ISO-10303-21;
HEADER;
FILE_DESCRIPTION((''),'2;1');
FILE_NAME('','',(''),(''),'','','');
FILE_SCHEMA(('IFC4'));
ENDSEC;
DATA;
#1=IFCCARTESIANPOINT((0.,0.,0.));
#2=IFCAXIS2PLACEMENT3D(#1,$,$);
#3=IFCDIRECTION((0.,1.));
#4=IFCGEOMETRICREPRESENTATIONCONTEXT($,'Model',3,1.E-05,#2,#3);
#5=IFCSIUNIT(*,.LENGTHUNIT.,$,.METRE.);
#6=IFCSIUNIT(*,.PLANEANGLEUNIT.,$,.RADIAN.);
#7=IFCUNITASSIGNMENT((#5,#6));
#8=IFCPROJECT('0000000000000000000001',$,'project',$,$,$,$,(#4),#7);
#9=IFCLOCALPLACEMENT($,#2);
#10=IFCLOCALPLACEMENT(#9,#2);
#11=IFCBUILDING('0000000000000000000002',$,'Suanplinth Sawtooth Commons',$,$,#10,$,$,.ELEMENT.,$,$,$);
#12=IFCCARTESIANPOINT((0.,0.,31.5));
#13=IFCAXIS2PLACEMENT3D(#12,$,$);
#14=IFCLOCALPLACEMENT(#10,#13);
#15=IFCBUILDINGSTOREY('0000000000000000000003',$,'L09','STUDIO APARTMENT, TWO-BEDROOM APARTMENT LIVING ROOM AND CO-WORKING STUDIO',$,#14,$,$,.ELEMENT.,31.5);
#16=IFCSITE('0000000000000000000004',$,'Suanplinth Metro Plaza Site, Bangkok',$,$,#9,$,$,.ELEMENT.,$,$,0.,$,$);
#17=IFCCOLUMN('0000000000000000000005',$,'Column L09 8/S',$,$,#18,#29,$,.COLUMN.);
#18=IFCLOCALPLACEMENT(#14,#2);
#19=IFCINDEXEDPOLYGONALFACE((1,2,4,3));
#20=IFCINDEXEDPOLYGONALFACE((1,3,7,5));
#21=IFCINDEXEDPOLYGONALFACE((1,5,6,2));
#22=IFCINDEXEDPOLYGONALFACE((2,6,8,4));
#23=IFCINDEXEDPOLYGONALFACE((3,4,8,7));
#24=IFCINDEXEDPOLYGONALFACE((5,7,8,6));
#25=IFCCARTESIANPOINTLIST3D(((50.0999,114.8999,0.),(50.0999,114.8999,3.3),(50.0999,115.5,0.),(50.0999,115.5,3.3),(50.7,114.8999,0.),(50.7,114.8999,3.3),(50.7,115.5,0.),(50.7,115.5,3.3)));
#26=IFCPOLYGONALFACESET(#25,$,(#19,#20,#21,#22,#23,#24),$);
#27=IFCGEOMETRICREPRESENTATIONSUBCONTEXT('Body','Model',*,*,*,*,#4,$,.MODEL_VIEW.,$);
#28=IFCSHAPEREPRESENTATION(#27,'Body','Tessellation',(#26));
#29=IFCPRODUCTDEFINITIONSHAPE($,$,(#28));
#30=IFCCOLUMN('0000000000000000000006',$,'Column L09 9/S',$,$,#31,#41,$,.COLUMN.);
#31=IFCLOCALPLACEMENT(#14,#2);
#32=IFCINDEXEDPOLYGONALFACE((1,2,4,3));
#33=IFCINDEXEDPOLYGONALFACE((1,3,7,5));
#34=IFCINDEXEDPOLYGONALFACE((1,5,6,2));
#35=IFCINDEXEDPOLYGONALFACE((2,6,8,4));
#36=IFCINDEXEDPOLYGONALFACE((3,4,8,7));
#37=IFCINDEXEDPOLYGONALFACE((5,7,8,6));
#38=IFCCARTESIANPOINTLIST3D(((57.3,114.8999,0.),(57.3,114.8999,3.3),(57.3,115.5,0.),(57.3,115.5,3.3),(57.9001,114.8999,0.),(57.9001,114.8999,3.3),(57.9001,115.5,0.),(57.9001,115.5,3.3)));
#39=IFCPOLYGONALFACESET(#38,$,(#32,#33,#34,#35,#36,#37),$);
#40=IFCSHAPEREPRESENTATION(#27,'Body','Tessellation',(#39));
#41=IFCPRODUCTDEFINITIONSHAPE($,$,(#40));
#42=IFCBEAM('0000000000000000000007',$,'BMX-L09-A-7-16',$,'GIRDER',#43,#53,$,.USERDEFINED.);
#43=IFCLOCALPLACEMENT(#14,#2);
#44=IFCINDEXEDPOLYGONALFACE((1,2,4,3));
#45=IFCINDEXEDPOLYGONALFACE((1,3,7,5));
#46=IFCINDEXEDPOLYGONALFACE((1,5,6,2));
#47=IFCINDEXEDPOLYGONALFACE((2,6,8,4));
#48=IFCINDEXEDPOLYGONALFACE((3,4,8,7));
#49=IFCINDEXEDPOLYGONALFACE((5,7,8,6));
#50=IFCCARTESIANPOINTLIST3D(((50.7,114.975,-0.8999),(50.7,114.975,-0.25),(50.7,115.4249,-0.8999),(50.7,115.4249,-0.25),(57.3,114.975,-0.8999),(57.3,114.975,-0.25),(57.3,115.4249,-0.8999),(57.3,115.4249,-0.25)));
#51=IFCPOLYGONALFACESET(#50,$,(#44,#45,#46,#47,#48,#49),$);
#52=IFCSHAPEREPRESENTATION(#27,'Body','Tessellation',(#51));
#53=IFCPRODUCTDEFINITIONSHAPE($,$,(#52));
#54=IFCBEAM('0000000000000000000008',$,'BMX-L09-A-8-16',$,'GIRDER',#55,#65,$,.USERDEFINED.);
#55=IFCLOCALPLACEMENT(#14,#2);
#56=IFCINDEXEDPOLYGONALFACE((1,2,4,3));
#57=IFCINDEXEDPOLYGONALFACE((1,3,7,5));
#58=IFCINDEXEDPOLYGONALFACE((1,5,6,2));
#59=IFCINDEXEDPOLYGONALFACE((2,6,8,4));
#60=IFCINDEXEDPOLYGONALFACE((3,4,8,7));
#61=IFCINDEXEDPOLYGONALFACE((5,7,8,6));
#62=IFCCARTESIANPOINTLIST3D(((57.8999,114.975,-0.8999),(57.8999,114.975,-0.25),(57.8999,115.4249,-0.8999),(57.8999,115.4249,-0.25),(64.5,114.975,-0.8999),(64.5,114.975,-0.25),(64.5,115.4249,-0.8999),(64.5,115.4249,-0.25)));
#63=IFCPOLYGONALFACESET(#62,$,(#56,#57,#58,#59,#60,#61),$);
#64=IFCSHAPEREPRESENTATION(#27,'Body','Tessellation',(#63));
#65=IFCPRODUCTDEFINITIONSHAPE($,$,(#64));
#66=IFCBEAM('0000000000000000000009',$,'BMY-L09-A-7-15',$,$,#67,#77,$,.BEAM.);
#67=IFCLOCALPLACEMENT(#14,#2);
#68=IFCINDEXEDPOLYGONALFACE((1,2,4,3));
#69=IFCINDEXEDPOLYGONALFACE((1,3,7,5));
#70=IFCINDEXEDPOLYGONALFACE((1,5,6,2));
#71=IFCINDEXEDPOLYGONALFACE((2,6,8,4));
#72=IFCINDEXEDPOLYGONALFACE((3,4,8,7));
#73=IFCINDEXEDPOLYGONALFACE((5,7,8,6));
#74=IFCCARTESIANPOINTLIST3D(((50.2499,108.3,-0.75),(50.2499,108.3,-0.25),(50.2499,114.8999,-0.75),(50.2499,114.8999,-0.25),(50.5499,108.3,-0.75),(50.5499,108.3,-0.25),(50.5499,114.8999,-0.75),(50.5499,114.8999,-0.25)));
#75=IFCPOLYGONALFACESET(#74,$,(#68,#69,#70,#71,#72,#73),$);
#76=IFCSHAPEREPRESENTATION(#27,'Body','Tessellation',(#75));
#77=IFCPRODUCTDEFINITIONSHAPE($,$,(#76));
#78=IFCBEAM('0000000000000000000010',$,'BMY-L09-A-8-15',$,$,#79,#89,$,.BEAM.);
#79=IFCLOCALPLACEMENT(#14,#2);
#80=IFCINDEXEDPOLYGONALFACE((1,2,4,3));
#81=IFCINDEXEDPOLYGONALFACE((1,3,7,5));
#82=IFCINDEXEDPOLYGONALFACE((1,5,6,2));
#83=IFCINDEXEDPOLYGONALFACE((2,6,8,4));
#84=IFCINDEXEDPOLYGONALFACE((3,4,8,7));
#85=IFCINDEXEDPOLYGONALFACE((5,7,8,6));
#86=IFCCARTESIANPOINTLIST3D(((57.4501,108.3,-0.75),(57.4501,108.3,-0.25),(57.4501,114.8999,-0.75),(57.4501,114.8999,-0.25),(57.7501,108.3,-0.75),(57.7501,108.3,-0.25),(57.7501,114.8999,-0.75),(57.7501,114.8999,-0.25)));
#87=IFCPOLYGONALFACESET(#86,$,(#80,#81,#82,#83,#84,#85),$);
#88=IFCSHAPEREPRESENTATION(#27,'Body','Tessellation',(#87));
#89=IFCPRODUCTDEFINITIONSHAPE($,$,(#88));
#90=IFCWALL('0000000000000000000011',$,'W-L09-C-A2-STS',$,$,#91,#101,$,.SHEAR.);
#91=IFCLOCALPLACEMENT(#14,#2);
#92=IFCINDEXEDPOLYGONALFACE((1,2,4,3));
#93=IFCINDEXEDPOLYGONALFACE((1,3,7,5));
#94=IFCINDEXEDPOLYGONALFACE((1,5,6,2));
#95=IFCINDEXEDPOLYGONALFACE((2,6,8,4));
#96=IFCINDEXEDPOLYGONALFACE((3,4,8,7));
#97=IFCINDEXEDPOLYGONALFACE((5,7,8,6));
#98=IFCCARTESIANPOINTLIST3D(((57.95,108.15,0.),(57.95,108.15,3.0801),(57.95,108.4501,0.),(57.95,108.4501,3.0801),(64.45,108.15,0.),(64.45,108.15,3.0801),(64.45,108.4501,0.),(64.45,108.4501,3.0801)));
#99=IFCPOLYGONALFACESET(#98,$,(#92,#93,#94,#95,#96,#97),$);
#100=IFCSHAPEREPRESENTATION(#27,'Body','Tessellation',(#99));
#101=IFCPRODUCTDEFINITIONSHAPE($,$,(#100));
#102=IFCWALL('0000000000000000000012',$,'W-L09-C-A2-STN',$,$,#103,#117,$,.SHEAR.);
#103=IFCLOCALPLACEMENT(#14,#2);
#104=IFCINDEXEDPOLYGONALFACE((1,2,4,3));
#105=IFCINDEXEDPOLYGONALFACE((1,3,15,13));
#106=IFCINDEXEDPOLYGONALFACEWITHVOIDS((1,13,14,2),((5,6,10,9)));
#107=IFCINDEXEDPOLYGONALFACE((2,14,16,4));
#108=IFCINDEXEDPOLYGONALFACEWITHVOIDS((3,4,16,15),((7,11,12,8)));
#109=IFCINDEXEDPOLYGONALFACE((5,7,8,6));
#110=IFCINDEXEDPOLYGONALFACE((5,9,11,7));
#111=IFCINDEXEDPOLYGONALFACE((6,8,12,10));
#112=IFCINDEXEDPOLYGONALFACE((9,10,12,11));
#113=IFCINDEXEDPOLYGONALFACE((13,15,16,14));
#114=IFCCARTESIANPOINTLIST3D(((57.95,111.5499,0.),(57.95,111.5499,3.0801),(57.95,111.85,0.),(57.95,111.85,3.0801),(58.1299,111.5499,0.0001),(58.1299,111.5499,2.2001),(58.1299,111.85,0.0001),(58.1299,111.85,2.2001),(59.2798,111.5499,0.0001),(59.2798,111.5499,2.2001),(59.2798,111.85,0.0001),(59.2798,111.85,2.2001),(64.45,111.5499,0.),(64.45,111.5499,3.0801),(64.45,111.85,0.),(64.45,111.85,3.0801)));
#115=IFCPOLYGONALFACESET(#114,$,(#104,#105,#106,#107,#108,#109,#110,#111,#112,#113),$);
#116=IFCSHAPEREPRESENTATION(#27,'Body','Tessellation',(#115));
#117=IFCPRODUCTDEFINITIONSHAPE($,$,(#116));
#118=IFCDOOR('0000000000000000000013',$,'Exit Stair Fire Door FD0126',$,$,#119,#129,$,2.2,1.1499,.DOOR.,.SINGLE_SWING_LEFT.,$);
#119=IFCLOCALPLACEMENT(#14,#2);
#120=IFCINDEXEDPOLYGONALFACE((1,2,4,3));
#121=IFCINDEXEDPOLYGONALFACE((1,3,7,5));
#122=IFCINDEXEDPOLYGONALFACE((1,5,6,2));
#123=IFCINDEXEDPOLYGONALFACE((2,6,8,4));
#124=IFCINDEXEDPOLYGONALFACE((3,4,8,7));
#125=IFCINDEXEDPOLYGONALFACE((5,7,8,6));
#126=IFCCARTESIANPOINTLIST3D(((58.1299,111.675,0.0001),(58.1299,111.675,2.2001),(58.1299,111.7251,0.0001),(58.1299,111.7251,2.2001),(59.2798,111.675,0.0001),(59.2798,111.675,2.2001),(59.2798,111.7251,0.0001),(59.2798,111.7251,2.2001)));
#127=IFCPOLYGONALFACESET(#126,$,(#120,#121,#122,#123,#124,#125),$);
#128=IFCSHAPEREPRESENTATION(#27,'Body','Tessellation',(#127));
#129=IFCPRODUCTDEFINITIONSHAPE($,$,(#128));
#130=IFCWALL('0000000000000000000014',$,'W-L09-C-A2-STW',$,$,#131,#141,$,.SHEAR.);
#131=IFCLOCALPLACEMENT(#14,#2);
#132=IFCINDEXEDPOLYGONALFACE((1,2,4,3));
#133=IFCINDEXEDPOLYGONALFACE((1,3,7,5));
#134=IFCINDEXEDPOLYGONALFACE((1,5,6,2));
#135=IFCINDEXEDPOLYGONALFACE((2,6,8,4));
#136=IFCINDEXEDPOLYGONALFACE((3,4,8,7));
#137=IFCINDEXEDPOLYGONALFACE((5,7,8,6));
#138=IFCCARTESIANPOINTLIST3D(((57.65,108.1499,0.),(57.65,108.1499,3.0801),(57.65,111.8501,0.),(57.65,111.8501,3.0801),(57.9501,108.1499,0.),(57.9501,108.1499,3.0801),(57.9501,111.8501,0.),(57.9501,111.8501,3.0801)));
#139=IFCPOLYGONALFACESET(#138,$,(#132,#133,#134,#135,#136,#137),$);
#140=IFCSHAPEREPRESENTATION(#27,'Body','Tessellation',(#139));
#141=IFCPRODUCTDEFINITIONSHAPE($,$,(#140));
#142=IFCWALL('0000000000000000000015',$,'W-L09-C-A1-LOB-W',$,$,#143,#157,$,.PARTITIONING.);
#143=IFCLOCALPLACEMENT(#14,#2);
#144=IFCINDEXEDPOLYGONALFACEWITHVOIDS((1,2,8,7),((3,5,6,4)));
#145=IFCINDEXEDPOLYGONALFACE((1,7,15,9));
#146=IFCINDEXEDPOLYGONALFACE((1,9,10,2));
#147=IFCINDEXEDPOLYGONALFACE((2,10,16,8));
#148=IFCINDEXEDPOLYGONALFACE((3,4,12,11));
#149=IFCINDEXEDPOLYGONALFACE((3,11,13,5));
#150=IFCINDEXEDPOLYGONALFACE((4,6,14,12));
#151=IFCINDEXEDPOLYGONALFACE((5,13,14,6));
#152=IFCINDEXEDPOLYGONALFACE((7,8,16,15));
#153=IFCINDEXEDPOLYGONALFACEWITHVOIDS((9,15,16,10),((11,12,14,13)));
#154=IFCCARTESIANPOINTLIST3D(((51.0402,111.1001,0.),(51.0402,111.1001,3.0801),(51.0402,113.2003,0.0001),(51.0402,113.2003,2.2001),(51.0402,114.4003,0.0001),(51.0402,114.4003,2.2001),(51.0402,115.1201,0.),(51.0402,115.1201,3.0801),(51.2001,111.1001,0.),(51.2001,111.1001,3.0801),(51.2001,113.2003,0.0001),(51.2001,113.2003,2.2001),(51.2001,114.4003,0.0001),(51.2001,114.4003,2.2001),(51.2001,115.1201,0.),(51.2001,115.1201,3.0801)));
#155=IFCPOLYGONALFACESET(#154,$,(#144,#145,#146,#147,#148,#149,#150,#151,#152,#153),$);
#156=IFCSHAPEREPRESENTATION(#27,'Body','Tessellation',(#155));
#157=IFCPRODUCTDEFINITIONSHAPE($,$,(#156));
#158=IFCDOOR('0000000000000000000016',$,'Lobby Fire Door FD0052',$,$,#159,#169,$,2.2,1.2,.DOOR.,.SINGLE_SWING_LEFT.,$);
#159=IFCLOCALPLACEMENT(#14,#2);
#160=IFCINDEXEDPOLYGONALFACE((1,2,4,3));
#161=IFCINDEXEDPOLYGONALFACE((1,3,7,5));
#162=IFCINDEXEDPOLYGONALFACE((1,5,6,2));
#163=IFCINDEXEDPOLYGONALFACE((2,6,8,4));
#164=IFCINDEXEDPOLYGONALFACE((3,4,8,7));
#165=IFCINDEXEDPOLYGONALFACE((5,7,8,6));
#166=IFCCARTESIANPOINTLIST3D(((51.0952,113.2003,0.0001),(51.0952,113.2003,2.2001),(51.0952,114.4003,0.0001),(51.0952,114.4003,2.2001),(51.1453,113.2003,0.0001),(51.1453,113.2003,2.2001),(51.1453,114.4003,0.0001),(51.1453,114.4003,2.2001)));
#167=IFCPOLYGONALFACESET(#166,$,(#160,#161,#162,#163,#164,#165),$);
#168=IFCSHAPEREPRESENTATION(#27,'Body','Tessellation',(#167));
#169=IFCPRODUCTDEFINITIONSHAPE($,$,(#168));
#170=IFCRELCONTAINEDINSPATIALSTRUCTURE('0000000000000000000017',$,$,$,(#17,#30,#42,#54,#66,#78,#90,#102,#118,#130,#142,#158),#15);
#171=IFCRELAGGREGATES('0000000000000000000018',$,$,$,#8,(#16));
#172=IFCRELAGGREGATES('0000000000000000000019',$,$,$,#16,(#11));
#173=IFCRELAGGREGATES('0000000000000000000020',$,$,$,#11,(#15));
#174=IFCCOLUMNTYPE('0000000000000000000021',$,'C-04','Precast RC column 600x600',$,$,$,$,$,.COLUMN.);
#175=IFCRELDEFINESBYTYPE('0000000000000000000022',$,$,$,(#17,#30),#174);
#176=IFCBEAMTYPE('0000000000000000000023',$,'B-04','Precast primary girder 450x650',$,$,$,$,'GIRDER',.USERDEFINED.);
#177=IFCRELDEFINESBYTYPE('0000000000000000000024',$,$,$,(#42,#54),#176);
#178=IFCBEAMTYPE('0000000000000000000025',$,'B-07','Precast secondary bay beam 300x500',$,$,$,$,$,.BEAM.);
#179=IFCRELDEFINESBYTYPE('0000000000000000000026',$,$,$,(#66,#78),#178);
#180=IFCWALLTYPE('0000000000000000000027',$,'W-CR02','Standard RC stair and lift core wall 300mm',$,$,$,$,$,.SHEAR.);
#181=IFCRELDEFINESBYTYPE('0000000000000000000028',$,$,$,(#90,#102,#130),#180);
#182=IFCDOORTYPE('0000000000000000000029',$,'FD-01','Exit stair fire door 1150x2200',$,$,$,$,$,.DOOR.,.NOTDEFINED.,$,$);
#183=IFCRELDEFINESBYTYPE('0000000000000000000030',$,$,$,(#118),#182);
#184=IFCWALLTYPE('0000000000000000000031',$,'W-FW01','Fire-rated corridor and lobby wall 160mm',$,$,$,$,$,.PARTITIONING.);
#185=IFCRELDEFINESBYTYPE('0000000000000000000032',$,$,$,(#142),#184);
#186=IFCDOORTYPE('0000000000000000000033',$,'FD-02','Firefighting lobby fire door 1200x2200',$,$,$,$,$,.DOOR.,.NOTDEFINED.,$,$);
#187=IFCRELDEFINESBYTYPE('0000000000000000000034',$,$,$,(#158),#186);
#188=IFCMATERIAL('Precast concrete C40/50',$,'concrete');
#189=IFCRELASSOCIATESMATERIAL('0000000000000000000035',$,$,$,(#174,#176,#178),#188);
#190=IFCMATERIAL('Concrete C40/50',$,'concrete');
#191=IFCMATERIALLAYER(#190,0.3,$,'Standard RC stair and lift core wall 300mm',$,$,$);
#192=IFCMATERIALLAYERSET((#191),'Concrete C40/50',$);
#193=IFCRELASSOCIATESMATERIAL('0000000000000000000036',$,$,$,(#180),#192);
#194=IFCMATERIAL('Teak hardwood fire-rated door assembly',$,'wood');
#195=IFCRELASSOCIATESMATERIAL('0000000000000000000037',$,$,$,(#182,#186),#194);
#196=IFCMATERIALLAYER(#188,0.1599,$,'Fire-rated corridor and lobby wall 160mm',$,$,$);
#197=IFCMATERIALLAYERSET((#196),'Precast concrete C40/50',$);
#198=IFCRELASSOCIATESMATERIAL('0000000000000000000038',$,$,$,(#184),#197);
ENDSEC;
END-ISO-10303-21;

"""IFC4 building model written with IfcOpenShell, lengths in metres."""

from ifc_helpers import new_model, si_unit, direction, frame, frame_2d, origin, origin_2d, place, context, subcontext, project, spatial, rectangle, extrude, material, layer, layer_set, material_profile, profile_set, type_object, element, fill, save


model = new_model("IFC4")

# Units and contexts
model_context = context("Model", 3, precision=1e-05, world=origin(), true_north=direction((0.0, 1.0)))
body_context = subcontext(model_context, "Body", "Model", "MODEL_VIEW")
ifc_project = project(units=[si_unit("LENGTHUNIT", "METRE"), si_unit("PLANEANGLEUNIT", "RADIAN")], contexts=[model_context])

# Site, building, storey
site_placement = place(None, origin())
site = spatial("IfcSite", under=ifc_project, at=site_placement, Name="Suanplinth Metro Plaza Site, Bangkok", CompositionType="ELEMENT", RefElevation=0.0)
building_placement = place(site_placement, origin())
building = spatial("IfcBuilding", under=site, at=building_placement, Name="Suanplinth Sawtooth Commons", CompositionType="ELEMENT")
storey_placement = place(building_placement, frame((0.0, 0.0, 31.5)))
storey = spatial("IfcBuildingStorey", under=building, at=storey_placement, Name="L09", Description="STUDIO APARTMENT, TWO-BEDROOM APARTMENT LIVING ROOM AND CO-WORKING STUDIO", CompositionType="ELEMENT", Elevation=31.5)

# Columns
ifc_material_1 = material(Name="Precast concrete C40/50", Category="concrete")
ifc_material_profile_1 = material_profile(ifc_material_1, rectangle(XDim=0.6001, YDim=0.6001, at=origin_2d()), Name="PC-COL 600x600")
ifc_profile_set_1 = profile_set([ifc_material_profile_1], Name="Precast concrete C40/50")
column_type = type_object("IfcColumnType", Name="C-04", Description="Precast RC column 600x600", PredefinedType="COLUMN", material=ifc_profile_set_1)
for number, where, z_axis, x_axis, name in (
    (1, (50.3999, 115.2, 0.0), (0.0, 0.0, 1.0), (1.0, 0.0, 0.0), "Column L09 8/S"),
    (2, (57.6001, 115.2, 0.0), (0.0, 0.0, 1.0), (1.0, 0.0, 0.0), "Column L09 9/S"),
):
    element("IfcColumn", number, at=place(storey_placement, frame(where, z_axis=z_axis, x_axis=x_axis)), inside=storey, type_object=column_type, Name=name, PredefinedType="COLUMN", context=body_context, shape_type="SweptSolid", body=[
        extrude(rectangle(XDim=0.6001, YDim=0.6001, at=origin_2d()), origin(), (0.0, 0.0, 1.0), 3.3),
    ])

# Beams
ifc_material_profile_2 = material_profile(ifc_material_1, rectangle(XDim=0.45, YDim=0.6499, at=origin_2d()), Name="PC-GDR 450x650")
ifc_profile_set_2 = profile_set([ifc_material_profile_2], Name="Precast concrete C40/50")
beam_type_1 = type_object("IfcBeamType", Name="B-04", Description="Precast primary girder 450x650", ElementType="GIRDER", PredefinedType="USERDEFINED", material=ifc_profile_set_2)
for number, where, z_axis, x_axis, name in (
    (3, (50.7, 115.2, -0.575), (1.0, 0.0, 0.0), (0.0, 1.0, 0.0), "BMX-L09-A-7-16"),
    (4, (57.8999, 115.2, -0.575), (1.0, 0.0, 0.0), (0.0, 1.0, 0.0), "BMX-L09-A-8-16"),
):
    element("IfcBeam", number, at=place(storey_placement, frame(where, z_axis=z_axis, x_axis=x_axis)), inside=storey, type_object=beam_type_1, Name=name, ObjectType="GIRDER", PredefinedType="USERDEFINED", context=body_context, shape_type="SweptSolid", body=[
        extrude(rectangle(XDim=0.45, YDim=0.6499, at=origin_2d()), origin(), (0.0, 0.0, 1.0), 6.6001),
    ])
ifc_material_profile_3 = material_profile(ifc_material_1, rectangle(XDim=0.3, YDim=0.5, at=origin_2d()), Name="PC-BM 300x500")
ifc_profile_set_3 = profile_set([ifc_material_profile_3], Name="Precast concrete C40/50")
beam_type_2 = type_object("IfcBeamType", Name="B-07", Description="Precast secondary bay beam 300x500", PredefinedType="BEAM", material=ifc_profile_set_3)
for number, where, z_axis, x_axis, name in (
    (5, (50.3999, 108.3, -0.5), (0.0, 1.0, 0.0), (-1.0, 0.0, 0.0), "BMY-L09-A-7-15"),
    (6, (57.6001, 108.3, -0.5), (0.0, 1.0, 0.0), (-1.0, 0.0, 0.0), "BMY-L09-A-8-15"),
):
    element("IfcBeam", number, at=place(storey_placement, frame(where, z_axis=z_axis, x_axis=x_axis)), inside=storey, type_object=beam_type_2, Name=name, PredefinedType="BEAM", context=body_context, shape_type="SweptSolid", body=[
        extrude(rectangle(XDim=0.3, YDim=0.5, at=origin_2d()), origin(), (0.0, 0.0, 1.0), 6.5999),
    ])

# Wall
ifc_material_2 = material(Name="Concrete C40/50", Category="concrete")
ifc_layer_1 = layer(ifc_material_2, 0.3, Name="Standard RC stair and lift core wall 300mm")
ifc_layer_set_1 = layer_set([ifc_layer_1], Name="Concrete C40/50")
wall_type_1 = type_object("IfcWallType", Name="W-CR02", Description="Standard RC stair and lift core wall 300mm", PredefinedType="SHEAR", material=ifc_layer_set_1)
wall_1_placement = place(storey_placement, frame((57.95, 108.3, 0.0), z_axis=(0.0, 0.0, 1.0), x_axis=(1.0, 0.0, 0.0)))
element("IfcWall", 7, at=wall_1_placement, inside=storey, type_object=wall_type_1, Name="W-L09-C-A2-STS", PredefinedType="SHEAR", context=body_context, shape_type="SweptSolid", body=[
    extrude(rectangle(XDim=6.5, YDim=0.3, at=frame_2d((3.25, 0.0))), origin(), (0.0, 0.0, 1.0), 3.0801),
])

# Wall, opening, door
wall_2_placement = place(storey_placement, frame((57.95, 111.7, 0.0), z_axis=(0.0, 0.0, 1.0), x_axis=(1.0, 0.0, 0.0)))
wall_2 = element("IfcWall", 8, at=wall_2_placement, inside=storey, type_object=wall_type_1, Name="W-L09-C-A2-STN", PredefinedType="SHEAR", context=body_context, shape_type="SweptSolid", body=[
    extrude(rectangle(XDim=6.5, YDim=0.3, at=frame_2d((3.25, 0.0))), origin(), (0.0, 0.0, 1.0), 3.0801),
])
opening_1_placement = place(wall_2_placement, frame((0.1799, 0.0, 0.0)))
opening_1 = element("IfcOpeningElement", 9, at=opening_1_placement, cuts=wall_2, PredefinedType="OPENING", context=body_context, shape_type="SweptSolid", body=[
    extrude(rectangle(XDim=1.1499, YDim=2.2, at=frame_2d((0.575, 1.1001))), frame((0.0, 0.165, 0.0), z_axis=(0.0, -1.0, 0.0), x_axis=(1.0, 0.0, 0.0)), (0.0, 0.0, 1.0), 0.3298),
])
ifc_material_3 = material(Name="Teak hardwood fire-rated door assembly", Category="wood")
door_type_1 = type_object("IfcDoorType", Name="FD-01", Description="Exit stair fire door 1150x2200", OperationType="NOTDEFINED", PredefinedType="DOOR", material=ifc_material_3)
door_1_placement = place(opening_1_placement, frame((1.1499, 0.0, 0.0), z_axis=(0.0, 0.0, 1.0), x_axis=(-1.0, 0.0, 0.0)))
door_1 = element("IfcDoor", 10, at=door_1_placement, inside=storey, type_object=door_type_1, Name="Exit Stair Fire Door FD0126", OperationType="SINGLE_SWING_LEFT", OverallHeight=2.2, OverallWidth=1.1499, PredefinedType="DOOR", context=body_context, shape_type="SweptSolid", body=[
    extrude(rectangle(XDim=1.1499, YDim=2.2, at=frame_2d((0.575, 1.1001))), frame((0.0, 0.0249, 0.0), z_axis=(0.0, -1.0, 0.0), x_axis=(1.0, 0.0, 0.0)), (0.0, 0.0, 1.0), 0.05),
])
fill(opening_1, door_1)

# Wall
wall_3_placement = place(storey_placement, frame((57.8, 108.1499, 0.0), z_axis=(0.0, 0.0, 1.0), x_axis=(0.0, 1.0, 0.0)))
element("IfcWall", 11, at=wall_3_placement, inside=storey, type_object=wall_type_1, Name="W-L09-C-A2-STW", PredefinedType="SHEAR", context=body_context, shape_type="SweptSolid", body=[
    extrude(rectangle(XDim=3.7002, YDim=0.3, at=frame_2d((1.8501, 0.0))), origin(), (0.0, 0.0, 1.0), 3.0801),
])

# Wall, opening, door
ifc_layer_2 = layer(ifc_material_1, 0.1599, Name="Fire-rated corridor and lobby wall 160mm")
ifc_layer_set_2 = layer_set([ifc_layer_2], Name="Precast concrete C40/50")
wall_type_2 = type_object("IfcWallType", Name="W-FW01", Description="Fire-rated corridor and lobby wall 160mm", PredefinedType="PARTITIONING", material=ifc_layer_set_2)
wall_4_placement = place(storey_placement, frame((51.1201, 111.1001, 0.0), z_axis=(0.0, 0.0, 1.0), x_axis=(0.0, 1.0, 0.0)))
wall_4 = element("IfcWall", 12, at=wall_4_placement, inside=storey, type_object=wall_type_2, Name="W-L09-C-A1-LOB-W", PredefinedType="PARTITIONING", context=body_context, shape_type="SweptSolid", body=[
    extrude(rectangle(XDim=4.02, YDim=0.1599, at=frame_2d((2.01, 0.0))), origin(), (0.0, 0.0, 1.0), 3.0801),
])
opening_2_placement = place(wall_4_placement, frame((2.1001, 0.0, 0.0)))
opening_2 = element("IfcOpeningElement", 13, at=opening_2_placement, cuts=wall_4, PredefinedType="OPENING", context=body_context, shape_type="SweptSolid", body=[
    extrude(rectangle(XDim=1.2, YDim=2.2, at=frame_2d((0.6001, 1.1001))), frame((0.0, 0.0947, 0.0), z_axis=(0.0, -1.0, 0.0), x_axis=(1.0, 0.0, 0.0)), (0.0, 0.0, 1.0), 0.1897),
])
door_type_2 = type_object("IfcDoorType", Name="FD-02", Description="Firefighting lobby fire door 1200x2200", OperationType="NOTDEFINED", PredefinedType="DOOR", material=ifc_material_3)
door_2_placement = place(opening_2_placement, origin())
door_2 = element("IfcDoor", 14, at=door_2_placement, inside=storey, type_object=door_type_2, Name="Lobby Fire Door FD0052", OperationType="SINGLE_SWING_LEFT", OverallHeight=2.2, OverallWidth=1.2, PredefinedType="DOOR", context=body_context, shape_type="SweptSolid", body=[
    extrude(rectangle(XDim=1.2, YDim=2.2, at=frame_2d((0.6001, 1.1001))), frame((0.0, 0.0249, 0.0), z_axis=(0.0, -1.0, 0.0), x_axis=(1.0, 0.0, 0.0)), (0.0, 0.0, 1.0), 0.05),
])
fill(opening_2, door_2)

save(model, "model.ifc")
